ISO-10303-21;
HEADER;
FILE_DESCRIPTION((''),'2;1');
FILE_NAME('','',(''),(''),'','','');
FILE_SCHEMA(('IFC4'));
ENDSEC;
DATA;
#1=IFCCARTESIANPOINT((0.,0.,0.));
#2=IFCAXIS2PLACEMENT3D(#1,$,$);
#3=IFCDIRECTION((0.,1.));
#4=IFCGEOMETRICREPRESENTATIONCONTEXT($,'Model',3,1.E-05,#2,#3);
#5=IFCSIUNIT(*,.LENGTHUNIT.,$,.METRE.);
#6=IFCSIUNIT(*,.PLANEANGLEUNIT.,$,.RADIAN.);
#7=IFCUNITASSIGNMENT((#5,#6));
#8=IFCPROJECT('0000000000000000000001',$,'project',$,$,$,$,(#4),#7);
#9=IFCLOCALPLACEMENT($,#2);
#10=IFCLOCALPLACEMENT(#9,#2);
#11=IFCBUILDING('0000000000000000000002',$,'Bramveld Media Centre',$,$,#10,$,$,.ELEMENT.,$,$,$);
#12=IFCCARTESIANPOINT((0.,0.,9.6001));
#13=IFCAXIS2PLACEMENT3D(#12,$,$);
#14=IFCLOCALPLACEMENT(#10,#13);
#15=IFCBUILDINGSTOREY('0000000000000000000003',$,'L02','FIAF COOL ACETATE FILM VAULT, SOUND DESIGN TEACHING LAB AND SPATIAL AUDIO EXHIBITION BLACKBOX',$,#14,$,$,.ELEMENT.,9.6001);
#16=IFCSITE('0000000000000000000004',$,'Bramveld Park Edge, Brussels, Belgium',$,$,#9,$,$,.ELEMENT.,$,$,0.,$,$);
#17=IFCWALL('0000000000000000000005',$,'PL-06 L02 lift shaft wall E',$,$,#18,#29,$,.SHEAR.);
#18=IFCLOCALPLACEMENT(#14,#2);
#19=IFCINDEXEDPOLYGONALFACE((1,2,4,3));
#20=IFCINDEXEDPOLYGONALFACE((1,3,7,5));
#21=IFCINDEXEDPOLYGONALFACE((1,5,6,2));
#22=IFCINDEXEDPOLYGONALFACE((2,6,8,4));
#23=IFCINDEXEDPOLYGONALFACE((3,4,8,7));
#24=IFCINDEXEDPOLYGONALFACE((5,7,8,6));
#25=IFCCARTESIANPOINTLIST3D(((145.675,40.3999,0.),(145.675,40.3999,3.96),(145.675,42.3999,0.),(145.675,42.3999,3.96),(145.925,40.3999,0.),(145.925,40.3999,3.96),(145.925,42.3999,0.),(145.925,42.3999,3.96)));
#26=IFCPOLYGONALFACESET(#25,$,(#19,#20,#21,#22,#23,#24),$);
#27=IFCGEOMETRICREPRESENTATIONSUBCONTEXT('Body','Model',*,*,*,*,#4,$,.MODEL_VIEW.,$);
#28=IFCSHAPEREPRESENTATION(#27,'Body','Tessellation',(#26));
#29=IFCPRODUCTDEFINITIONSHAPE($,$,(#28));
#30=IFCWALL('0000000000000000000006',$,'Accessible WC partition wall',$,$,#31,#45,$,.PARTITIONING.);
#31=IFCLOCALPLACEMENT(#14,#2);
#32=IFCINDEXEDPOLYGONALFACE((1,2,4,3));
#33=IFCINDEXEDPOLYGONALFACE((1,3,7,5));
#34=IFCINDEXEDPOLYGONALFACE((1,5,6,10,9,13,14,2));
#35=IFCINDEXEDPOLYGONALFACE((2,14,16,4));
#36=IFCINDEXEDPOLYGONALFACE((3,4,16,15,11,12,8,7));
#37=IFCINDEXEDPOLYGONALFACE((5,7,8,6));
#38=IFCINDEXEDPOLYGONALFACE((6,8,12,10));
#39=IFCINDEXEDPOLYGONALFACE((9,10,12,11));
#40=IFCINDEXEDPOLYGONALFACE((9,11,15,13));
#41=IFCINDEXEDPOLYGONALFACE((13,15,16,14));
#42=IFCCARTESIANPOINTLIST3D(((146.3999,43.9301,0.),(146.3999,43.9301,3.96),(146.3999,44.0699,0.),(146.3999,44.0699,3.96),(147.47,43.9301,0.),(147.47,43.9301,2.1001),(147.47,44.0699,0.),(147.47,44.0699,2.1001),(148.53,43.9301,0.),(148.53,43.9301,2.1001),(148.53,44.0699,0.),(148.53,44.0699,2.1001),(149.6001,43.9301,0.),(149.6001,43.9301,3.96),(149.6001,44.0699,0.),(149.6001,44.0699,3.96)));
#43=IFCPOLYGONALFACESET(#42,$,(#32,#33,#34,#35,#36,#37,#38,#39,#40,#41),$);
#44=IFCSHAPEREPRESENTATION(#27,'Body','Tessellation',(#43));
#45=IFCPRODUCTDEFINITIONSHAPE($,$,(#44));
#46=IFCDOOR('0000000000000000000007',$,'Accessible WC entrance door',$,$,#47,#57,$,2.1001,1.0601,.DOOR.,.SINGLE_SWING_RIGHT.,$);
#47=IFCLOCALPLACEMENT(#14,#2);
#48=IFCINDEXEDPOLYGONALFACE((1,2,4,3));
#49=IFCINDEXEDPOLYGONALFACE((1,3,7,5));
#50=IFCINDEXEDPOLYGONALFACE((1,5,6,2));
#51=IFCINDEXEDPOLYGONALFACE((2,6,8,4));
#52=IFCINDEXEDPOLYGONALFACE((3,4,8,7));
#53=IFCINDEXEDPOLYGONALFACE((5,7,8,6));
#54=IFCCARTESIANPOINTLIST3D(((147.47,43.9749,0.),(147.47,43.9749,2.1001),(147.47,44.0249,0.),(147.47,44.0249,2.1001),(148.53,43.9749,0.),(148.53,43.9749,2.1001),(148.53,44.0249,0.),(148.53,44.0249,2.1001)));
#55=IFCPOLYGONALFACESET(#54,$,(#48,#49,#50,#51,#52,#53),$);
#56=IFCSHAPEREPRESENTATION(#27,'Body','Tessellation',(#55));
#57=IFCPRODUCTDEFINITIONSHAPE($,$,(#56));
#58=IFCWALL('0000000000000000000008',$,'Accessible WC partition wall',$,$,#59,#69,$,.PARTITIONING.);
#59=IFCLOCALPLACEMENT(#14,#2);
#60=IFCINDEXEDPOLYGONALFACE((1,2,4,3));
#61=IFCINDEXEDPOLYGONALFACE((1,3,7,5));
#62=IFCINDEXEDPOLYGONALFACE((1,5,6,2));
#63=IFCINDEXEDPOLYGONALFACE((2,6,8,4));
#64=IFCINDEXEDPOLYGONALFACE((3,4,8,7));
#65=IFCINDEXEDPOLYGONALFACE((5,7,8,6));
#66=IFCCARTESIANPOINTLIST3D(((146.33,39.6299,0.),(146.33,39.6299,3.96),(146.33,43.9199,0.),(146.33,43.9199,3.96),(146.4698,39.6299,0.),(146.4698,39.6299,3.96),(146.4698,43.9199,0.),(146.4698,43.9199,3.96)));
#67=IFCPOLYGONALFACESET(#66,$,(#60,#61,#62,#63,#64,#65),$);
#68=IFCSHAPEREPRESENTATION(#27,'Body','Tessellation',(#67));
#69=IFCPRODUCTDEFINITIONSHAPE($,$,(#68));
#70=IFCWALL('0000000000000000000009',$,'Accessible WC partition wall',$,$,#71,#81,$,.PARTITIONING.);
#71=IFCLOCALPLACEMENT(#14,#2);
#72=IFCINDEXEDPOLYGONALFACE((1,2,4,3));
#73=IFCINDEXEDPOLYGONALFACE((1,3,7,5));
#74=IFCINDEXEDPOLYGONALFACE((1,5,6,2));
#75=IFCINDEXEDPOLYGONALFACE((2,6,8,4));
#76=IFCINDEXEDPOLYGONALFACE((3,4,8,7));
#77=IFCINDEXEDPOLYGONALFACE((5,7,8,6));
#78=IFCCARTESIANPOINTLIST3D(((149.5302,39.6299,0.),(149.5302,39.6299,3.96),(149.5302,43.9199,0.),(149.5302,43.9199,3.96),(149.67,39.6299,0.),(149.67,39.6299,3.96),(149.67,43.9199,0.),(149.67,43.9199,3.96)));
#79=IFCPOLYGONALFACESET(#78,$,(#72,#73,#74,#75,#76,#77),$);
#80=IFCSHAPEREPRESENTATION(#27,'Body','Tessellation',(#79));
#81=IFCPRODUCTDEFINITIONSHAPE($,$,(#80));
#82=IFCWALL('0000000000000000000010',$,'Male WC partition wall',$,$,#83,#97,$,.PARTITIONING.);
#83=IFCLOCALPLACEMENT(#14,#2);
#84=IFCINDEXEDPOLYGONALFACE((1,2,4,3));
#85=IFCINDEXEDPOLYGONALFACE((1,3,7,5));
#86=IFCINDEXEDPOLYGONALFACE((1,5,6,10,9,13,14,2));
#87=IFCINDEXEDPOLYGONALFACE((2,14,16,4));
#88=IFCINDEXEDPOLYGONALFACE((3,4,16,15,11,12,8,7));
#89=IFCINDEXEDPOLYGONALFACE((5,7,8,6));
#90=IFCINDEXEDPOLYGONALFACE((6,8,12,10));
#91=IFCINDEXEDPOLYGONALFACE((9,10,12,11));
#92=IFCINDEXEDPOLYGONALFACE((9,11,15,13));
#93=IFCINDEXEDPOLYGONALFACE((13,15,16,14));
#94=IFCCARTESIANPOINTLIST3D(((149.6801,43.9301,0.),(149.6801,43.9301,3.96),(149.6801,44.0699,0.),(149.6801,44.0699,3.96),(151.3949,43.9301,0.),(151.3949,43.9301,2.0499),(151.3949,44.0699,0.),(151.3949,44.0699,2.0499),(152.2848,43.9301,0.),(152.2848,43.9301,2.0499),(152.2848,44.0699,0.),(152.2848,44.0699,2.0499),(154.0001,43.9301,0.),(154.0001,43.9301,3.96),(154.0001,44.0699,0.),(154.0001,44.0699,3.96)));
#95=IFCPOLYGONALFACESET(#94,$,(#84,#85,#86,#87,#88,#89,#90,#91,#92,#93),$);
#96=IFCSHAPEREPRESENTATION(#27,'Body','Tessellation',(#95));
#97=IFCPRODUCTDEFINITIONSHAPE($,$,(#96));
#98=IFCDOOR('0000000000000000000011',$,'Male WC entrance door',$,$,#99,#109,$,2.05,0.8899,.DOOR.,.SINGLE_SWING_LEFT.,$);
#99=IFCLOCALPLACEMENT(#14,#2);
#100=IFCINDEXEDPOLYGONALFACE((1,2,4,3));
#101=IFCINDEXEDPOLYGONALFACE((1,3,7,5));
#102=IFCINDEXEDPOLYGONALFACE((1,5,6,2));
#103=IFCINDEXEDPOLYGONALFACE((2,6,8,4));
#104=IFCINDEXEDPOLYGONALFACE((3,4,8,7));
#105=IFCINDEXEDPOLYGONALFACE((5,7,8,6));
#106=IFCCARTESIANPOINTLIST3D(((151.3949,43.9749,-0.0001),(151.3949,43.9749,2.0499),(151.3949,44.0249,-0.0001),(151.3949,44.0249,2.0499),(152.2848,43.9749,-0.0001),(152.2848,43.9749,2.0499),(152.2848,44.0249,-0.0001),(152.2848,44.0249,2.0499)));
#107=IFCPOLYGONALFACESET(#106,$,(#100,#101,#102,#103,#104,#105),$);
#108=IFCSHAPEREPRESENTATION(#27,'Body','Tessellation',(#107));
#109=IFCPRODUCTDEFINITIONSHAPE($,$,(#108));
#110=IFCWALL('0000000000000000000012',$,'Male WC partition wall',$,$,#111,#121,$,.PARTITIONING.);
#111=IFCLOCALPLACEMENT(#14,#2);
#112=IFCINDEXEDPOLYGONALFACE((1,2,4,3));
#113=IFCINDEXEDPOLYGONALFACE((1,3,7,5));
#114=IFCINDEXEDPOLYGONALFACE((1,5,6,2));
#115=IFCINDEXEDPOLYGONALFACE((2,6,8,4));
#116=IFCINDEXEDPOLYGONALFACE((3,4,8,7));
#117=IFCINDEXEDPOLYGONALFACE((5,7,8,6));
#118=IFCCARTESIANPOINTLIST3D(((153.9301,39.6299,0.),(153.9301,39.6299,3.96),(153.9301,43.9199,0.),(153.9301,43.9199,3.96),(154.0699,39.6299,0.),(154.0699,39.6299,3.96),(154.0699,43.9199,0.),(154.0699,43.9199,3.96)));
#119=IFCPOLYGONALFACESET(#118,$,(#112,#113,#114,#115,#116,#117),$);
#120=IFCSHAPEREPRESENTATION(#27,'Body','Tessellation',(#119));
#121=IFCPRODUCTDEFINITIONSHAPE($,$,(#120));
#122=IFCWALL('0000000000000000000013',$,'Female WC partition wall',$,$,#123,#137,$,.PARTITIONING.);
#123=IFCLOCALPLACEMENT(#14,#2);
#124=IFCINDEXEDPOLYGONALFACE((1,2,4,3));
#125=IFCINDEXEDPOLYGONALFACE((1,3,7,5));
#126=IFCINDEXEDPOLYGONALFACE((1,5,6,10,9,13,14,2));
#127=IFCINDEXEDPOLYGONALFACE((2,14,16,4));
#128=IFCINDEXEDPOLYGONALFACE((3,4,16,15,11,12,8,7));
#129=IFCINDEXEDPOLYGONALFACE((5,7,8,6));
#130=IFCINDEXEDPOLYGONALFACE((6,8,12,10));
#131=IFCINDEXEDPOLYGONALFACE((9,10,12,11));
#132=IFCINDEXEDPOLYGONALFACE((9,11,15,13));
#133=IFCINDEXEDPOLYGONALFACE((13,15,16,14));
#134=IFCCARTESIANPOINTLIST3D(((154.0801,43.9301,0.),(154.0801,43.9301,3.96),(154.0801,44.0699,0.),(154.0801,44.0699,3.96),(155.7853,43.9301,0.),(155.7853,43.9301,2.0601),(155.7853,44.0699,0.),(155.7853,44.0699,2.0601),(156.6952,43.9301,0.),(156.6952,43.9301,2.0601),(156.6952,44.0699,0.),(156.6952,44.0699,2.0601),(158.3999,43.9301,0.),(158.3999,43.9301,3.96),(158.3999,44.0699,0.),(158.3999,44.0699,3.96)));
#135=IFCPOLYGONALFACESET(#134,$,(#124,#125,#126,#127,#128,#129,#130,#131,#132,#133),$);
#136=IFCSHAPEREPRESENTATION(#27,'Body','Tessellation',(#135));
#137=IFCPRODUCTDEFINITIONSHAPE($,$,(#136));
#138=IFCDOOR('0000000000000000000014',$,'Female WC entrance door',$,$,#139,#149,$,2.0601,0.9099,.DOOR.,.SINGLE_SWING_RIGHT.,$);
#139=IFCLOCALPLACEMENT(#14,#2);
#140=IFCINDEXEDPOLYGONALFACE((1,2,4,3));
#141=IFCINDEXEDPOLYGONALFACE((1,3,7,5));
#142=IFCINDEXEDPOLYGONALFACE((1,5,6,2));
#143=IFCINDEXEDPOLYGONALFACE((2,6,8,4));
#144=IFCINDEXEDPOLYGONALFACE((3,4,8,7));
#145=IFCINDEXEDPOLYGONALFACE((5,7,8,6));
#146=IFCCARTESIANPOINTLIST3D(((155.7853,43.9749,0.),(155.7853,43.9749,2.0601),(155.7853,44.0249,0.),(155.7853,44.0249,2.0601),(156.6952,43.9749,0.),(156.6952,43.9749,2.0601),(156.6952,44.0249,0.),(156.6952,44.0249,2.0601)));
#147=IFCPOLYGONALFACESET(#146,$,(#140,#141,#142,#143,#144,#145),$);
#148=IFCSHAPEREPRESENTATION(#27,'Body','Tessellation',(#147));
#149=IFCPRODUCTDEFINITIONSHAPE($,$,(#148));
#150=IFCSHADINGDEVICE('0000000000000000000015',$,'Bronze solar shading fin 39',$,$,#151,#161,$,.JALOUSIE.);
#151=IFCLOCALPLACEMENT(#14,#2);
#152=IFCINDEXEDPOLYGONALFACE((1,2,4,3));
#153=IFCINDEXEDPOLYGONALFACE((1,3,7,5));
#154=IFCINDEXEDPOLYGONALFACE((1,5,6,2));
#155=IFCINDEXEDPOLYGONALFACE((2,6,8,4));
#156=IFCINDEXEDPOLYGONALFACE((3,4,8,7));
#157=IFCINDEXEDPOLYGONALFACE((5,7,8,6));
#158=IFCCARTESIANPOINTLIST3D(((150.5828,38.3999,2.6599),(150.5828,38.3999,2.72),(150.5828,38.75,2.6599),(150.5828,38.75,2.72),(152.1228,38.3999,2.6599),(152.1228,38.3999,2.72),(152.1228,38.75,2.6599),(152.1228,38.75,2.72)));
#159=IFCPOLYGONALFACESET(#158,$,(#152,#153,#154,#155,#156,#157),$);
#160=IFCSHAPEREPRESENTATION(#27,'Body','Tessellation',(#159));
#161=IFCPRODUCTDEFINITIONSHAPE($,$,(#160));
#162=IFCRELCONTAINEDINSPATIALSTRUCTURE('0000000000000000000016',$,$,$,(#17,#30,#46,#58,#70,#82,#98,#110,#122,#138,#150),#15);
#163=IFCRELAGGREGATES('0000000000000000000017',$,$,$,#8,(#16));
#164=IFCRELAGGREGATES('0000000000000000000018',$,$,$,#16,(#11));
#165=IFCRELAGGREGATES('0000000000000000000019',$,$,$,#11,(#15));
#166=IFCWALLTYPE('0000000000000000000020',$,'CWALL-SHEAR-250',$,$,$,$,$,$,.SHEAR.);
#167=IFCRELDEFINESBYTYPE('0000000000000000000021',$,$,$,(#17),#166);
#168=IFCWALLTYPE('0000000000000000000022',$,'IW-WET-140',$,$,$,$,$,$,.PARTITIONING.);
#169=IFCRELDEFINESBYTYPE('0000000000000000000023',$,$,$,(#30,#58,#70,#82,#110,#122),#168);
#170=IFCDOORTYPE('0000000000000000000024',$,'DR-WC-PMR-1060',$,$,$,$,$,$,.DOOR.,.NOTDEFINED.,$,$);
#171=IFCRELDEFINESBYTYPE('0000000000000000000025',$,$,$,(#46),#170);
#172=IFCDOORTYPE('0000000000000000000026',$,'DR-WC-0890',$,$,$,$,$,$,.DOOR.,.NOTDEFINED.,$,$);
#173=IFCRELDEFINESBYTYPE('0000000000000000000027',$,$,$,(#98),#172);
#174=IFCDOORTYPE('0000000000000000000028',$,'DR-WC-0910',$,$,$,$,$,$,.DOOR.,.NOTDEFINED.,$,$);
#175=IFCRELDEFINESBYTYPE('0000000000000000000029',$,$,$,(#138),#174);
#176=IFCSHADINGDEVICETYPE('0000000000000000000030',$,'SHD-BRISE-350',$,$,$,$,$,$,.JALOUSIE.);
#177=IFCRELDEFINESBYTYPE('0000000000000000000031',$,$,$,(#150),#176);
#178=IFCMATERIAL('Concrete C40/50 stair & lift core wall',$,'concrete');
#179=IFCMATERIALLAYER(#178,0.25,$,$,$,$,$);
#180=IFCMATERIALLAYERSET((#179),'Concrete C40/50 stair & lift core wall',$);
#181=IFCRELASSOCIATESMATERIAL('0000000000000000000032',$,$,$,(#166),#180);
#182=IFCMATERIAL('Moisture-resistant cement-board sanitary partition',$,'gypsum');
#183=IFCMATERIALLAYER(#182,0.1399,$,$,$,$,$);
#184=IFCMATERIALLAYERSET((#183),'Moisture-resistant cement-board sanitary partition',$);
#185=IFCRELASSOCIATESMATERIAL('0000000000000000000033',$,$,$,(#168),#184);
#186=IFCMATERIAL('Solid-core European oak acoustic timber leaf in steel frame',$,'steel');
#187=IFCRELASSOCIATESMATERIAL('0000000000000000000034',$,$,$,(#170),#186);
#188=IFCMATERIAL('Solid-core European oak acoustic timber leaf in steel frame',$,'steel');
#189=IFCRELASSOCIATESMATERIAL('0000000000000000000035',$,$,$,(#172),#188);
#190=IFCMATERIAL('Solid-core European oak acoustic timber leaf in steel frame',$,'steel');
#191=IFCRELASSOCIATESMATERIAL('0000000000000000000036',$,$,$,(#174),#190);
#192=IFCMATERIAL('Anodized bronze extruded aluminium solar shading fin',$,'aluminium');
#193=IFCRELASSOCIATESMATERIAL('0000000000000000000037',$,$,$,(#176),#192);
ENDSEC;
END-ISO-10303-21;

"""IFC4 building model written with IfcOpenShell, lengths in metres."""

from ifc_helpers import new_model, si_unit, direction, frame, frame_2d, origin, origin_2d, place, context, subcontext, project, spatial, rectangle, extrude, material, layer, layer_set, type_object, element, fill, save


model = new_model("IFC4")

# Units and contexts
model_context = context("Model", 3, precision=1e-05, world=origin(), true_north=direction((0.0, 1.0)))
body_context = subcontext(model_context, "Body", "Model", "MODEL_VIEW")
ifc_project = project(units=[si_unit("LENGTHUNIT", "METRE"), si_unit("PLANEANGLEUNIT", "RADIAN")], contexts=[model_context])

# Site, building, storey
site_placement = place(None, origin())
site = spatial("IfcSite", under=ifc_project, at=site_placement, Name="Bramveld Park Edge, Brussels, Belgium", CompositionType="ELEMENT", RefElevation=0.0)
building_placement = place(site_placement, origin())
building = spatial("IfcBuilding", under=site, at=building_placement, Name="Bramveld Media Centre", CompositionType="ELEMENT")
storey_placement = place(building_placement, frame((0.0, 0.0, 9.6001)))
storey = spatial("IfcBuildingStorey", under=building, at=storey_placement, Name="L02", Description="FIAF COOL ACETATE FILM VAULT, SOUND DESIGN TEACHING LAB AND SPATIAL AUDIO EXHIBITION BLACKBOX", CompositionType="ELEMENT", Elevation=9.6001)

# Shared definitions
ifc_material_1 = material(Name="Concrete C40/50 stair & lift core wall", Category="concrete")
ifc_layer_1 = layer(ifc_material_1, 0.25)
ifc_layer_set_1 = layer_set([ifc_layer_1], Name="Concrete C40/50 stair & lift core wall")
wall_type_1 = type_object("IfcWallType", Name="CWALL-SHEAR-250", PredefinedType="SHEAR", material=ifc_layer_set_1)

# Wall
wall_1_placement = place(storey_placement, frame((145.8, 40.3999, 0.0), z_axis=(0.0, 0.0, 1.0), x_axis=(0.0, 1.0, 0.0)))
element("IfcWall", 1, at=wall_1_placement, inside=storey, type_object=wall_type_1, Name="PL-06 L02 lift shaft wall E", PredefinedType="SHEAR", context=body_context, shape_type="SweptSolid", body=[
    extrude(rectangle(XDim=2.0, YDim=0.25, at=frame_2d((1.0, 0.0))), origin(), (0.0, 0.0, 1.0), 3.96),
])

# Wall, opening, door
ifc_material_2 = material(Name="Moisture-resistant cement-board sanitary partition", Category="gypsum")
ifc_layer_2 = layer(ifc_material_2, 0.1399)
ifc_layer_set_2 = layer_set([ifc_layer_2], Name="Moisture-resistant cement-board sanitary partition")
wall_type_2 = type_object("IfcWallType", Name="IW-WET-140", PredefinedType="PARTITIONING", material=ifc_layer_set_2)
wall_2_placement = place(storey_placement, frame((146.3999, 44.0, 0.0), z_axis=(0.0, 0.0, 1.0), x_axis=(1.0, 0.0, 0.0)))
wall_2 = element("IfcWall", 2, at=wall_2_placement, inside=storey, type_object=wall_type_2, Name="Accessible WC partition wall", PredefinedType="PARTITIONING", context=body_context, shape_type="SweptSolid", body=[
    extrude(rectangle(XDim=3.2002, YDim=0.1399, at=frame_2d((1.6001, 0.0))), origin(), (0.0, 0.0, 1.0), 3.96),
])
opening_1_placement = place(wall_2_placement, frame((1.0701, 0.0, 0.0)))
opening_1 = element("IfcOpeningElement", 3, at=opening_1_placement, cuts=wall_2, PredefinedType="OPENING", context=body_context, shape_type="SweptSolid", body=[
    extrude(rectangle(XDim=1.0601, YDim=2.1001, at=frame_2d((0.53, 1.05))), frame((0.0, 0.082, 0.0), z_axis=(0.0, -1.0, 0.0), x_axis=(1.0, 0.0, 0.0)), (0.0, 0.0, 1.0), 0.1638),
])
ifc_material_3 = material(Name="Solid-core European oak acoustic timber leaf in steel frame", Category="steel")
door_type_1 = type_object("IfcDoorType", Name="DR-WC-PMR-1060", OperationType="NOTDEFINED", PredefinedType="DOOR", material=ifc_material_3)
door_1_placement = place(opening_1_placement, origin())
door_1 = element("IfcDoor", 4, at=door_1_placement, inside=storey, type_object=door_type_1, Name="Accessible WC entrance door", OperationType="SINGLE_SWING_RIGHT", OverallHeight=2.1001, OverallWidth=1.0601, PredefinedType="DOOR", context=body_context, shape_type="SweptSolid", body=[
    extrude(rectangle(XDim=1.0601, YDim=2.1001, at=frame_2d((0.53, 1.05))), frame((0.0, 0.0249, 0.0), z_axis=(0.0, -1.0, 0.0), x_axis=(1.0, 0.0, 0.0)), (0.0, 0.0, 1.0), 0.05),
])
fill(opening_1, door_1)

# Walls
for number, where, z_axis, x_axis, name in (
    (5, (146.3999, 39.6299, 0.0), (0.0, 0.0, 1.0), (0.0, 1.0, 0.0), "Accessible WC partition wall"),
    (6, (149.6001, 39.6299, 0.0), (0.0, 0.0, 1.0), (0.0, 1.0, 0.0), "Accessible WC partition wall"),
):
    element("IfcWall", number, at=place(storey_placement, frame(where, z_axis=z_axis, x_axis=x_axis)), inside=storey, type_object=wall_type_2, Name=name, PredefinedType="PARTITIONING", context=body_context, shape_type="SweptSolid", body=[
        extrude(rectangle(XDim=4.29, YDim=0.1399, at=frame_2d((2.145, 0.0))), origin(), (0.0, 0.0, 1.0), 3.96),
    ])

# Wall, opening, door
wall_3_placement = place(storey_placement, frame((149.6799, 44.0, 0.0), z_axis=(0.0, 0.0, 1.0), x_axis=(1.0, 0.0, 0.0)))
wall_3 = element("IfcWall", 7, at=wall_3_placement, inside=storey, type_object=wall_type_2, Name="Male WC partition wall", PredefinedType="PARTITIONING", context=body_context, shape_type="SweptSolid", body=[
    extrude(rectangle(XDim=4.3201, YDim=0.1399, at=frame_2d((2.1602, 0.0))), origin(), (0.0, 0.0, 1.0), 3.96),
])
opening_2_placement = place(wall_3_placement, frame((1.7151, 0.0, 0.0)))
opening_2 = element("IfcOpeningElement", 8, at=opening_2_placement, cuts=wall_3, PredefinedType="OPENING", context=body_context, shape_type="SweptSolid", body=[
    extrude(rectangle(XDim=0.8899, YDim=2.05, at=frame_2d((0.4448, 1.0249))), frame((0.0, 0.082, 0.0), z_axis=(0.0, -1.0, 0.0), x_axis=(1.0, 0.0, 0.0)), (0.0, 0.0, 1.0), 0.1638),
])
ifc_material_4 = material(Name="Solid-core European oak acoustic timber leaf in steel frame", Category="steel")
door_type_2 = type_object("IfcDoorType", Name="DR-WC-0890", OperationType="NOTDEFINED", PredefinedType="DOOR", material=ifc_material_4)
door_2_placement = place(opening_2_placement, origin())
door_2 = element("IfcDoor", 9, at=door_2_placement, inside=storey, type_object=door_type_2, Name="Male WC entrance door", OperationType="SINGLE_SWING_LEFT", OverallHeight=2.05, OverallWidth=0.8899, PredefinedType="DOOR", context=body_context, shape_type="SweptSolid", body=[
    extrude(rectangle(XDim=0.8899, YDim=2.05, at=frame_2d((0.4448, 1.0249))), frame((0.0, 0.0249, 0.0), z_axis=(0.0, -1.0, 0.0), x_axis=(1.0, 0.0, 0.0)), (0.0, 0.0, 1.0), 0.05),
])
fill(opening_2, door_2)

# Wall
wall_4_placement = place(storey_placement, frame((154.0, 39.6299, 0.0), z_axis=(0.0, 0.0, 1.0), x_axis=(0.0, 1.0, 0.0)))
element("IfcWall", 10, at=wall_4_placement, inside=storey, type_object=wall_type_2, Name="Male WC partition wall", PredefinedType="PARTITIONING", context=body_context, shape_type="SweptSolid", body=[
    extrude(rectangle(XDim=4.29, YDim=0.1399, at=frame_2d((2.145, 0.0))), origin(), (0.0, 0.0, 1.0), 3.96),
])

# Wall, opening, door
wall_5_placement = place(storey_placement, frame((154.0801, 44.0, 0.0), z_axis=(0.0, 0.0, 1.0), x_axis=(1.0, 0.0, 0.0)))
wall_5 = element("IfcWall", 11, at=wall_5_placement, inside=storey, type_object=wall_type_2, Name="Female WC partition wall", PredefinedType="PARTITIONING", context=body_context, shape_type="SweptSolid", body=[
    extrude(rectangle(XDim=4.3198, YDim=0.1399, at=frame_2d((2.1599, 0.0))), origin(), (0.0, 0.0, 1.0), 3.96),
])
opening_3_placement = place(wall_5_placement, frame((1.7051, 0.0, 0.0)))
opening_3 = element("IfcOpeningElement", 12, at=opening_3_placement, cuts=wall_5, PredefinedType="OPENING", context=body_context, shape_type="SweptSolid", body=[
    extrude(rectangle(XDim=0.9099, YDim=2.0601, at=frame_2d((0.4551, 1.03))), frame((0.0, 0.082, 0.0), z_axis=(0.0, -1.0, 0.0), x_axis=(1.0, 0.0, 0.0)), (0.0, 0.0, 1.0), 0.1638),
])
ifc_material_5 = material(Name="Solid-core European oak acoustic timber leaf in steel frame", Category="steel")
door_type_3 = type_object("IfcDoorType", Name="DR-WC-0910", OperationType="NOTDEFINED", PredefinedType="DOOR", material=ifc_material_5)
door_3_placement = place(opening_3_placement, origin())
door_3 = element("IfcDoor", 13, at=door_3_placement, inside=storey, type_object=door_type_3, Name="Female WC entrance door", OperationType="SINGLE_SWING_RIGHT", OverallHeight=2.0601, OverallWidth=0.9099, PredefinedType="DOOR", context=body_context, shape_type="SweptSolid", body=[
    extrude(rectangle(XDim=0.9099, YDim=2.0601, at=frame_2d((0.4551, 1.03))), frame((0.0, 0.0249, 0.0), z_axis=(0.0, -1.0, 0.0), x_axis=(1.0, 0.0, 0.0)), (0.0, 0.0, 1.0), 0.05),
])
fill(opening_3, door_3)

# Shading device
ifc_material_6 = material(Name="Anodized bronze extruded aluminium solar shading fin", Category="aluminium")
shading_device_type = type_object("IfcShadingDeviceType", Name="SHD-BRISE-350", PredefinedType="JALOUSIE", material=ifc_material_6)
shading_device_placement = place(storey_placement, frame((151.3528, 38.575, 2.6599), z_axis=(0.0, 0.0, 1.0), x_axis=(1.0, 0.0, 0.0)))
element("IfcShadingDevice", 14, at=shading_device_placement, inside=storey, type_object=shading_device_type, Name="Bronze solar shading fin 39", PredefinedType="JALOUSIE", context=body_context, shape_type="SweptSolid", body=[
    extrude(rectangle(XDim=1.54, YDim=0.3501, at=origin_2d()), origin(), (0.0, 0.0, 1.0), 0.0601),
])

save(model, "model.ifc")
